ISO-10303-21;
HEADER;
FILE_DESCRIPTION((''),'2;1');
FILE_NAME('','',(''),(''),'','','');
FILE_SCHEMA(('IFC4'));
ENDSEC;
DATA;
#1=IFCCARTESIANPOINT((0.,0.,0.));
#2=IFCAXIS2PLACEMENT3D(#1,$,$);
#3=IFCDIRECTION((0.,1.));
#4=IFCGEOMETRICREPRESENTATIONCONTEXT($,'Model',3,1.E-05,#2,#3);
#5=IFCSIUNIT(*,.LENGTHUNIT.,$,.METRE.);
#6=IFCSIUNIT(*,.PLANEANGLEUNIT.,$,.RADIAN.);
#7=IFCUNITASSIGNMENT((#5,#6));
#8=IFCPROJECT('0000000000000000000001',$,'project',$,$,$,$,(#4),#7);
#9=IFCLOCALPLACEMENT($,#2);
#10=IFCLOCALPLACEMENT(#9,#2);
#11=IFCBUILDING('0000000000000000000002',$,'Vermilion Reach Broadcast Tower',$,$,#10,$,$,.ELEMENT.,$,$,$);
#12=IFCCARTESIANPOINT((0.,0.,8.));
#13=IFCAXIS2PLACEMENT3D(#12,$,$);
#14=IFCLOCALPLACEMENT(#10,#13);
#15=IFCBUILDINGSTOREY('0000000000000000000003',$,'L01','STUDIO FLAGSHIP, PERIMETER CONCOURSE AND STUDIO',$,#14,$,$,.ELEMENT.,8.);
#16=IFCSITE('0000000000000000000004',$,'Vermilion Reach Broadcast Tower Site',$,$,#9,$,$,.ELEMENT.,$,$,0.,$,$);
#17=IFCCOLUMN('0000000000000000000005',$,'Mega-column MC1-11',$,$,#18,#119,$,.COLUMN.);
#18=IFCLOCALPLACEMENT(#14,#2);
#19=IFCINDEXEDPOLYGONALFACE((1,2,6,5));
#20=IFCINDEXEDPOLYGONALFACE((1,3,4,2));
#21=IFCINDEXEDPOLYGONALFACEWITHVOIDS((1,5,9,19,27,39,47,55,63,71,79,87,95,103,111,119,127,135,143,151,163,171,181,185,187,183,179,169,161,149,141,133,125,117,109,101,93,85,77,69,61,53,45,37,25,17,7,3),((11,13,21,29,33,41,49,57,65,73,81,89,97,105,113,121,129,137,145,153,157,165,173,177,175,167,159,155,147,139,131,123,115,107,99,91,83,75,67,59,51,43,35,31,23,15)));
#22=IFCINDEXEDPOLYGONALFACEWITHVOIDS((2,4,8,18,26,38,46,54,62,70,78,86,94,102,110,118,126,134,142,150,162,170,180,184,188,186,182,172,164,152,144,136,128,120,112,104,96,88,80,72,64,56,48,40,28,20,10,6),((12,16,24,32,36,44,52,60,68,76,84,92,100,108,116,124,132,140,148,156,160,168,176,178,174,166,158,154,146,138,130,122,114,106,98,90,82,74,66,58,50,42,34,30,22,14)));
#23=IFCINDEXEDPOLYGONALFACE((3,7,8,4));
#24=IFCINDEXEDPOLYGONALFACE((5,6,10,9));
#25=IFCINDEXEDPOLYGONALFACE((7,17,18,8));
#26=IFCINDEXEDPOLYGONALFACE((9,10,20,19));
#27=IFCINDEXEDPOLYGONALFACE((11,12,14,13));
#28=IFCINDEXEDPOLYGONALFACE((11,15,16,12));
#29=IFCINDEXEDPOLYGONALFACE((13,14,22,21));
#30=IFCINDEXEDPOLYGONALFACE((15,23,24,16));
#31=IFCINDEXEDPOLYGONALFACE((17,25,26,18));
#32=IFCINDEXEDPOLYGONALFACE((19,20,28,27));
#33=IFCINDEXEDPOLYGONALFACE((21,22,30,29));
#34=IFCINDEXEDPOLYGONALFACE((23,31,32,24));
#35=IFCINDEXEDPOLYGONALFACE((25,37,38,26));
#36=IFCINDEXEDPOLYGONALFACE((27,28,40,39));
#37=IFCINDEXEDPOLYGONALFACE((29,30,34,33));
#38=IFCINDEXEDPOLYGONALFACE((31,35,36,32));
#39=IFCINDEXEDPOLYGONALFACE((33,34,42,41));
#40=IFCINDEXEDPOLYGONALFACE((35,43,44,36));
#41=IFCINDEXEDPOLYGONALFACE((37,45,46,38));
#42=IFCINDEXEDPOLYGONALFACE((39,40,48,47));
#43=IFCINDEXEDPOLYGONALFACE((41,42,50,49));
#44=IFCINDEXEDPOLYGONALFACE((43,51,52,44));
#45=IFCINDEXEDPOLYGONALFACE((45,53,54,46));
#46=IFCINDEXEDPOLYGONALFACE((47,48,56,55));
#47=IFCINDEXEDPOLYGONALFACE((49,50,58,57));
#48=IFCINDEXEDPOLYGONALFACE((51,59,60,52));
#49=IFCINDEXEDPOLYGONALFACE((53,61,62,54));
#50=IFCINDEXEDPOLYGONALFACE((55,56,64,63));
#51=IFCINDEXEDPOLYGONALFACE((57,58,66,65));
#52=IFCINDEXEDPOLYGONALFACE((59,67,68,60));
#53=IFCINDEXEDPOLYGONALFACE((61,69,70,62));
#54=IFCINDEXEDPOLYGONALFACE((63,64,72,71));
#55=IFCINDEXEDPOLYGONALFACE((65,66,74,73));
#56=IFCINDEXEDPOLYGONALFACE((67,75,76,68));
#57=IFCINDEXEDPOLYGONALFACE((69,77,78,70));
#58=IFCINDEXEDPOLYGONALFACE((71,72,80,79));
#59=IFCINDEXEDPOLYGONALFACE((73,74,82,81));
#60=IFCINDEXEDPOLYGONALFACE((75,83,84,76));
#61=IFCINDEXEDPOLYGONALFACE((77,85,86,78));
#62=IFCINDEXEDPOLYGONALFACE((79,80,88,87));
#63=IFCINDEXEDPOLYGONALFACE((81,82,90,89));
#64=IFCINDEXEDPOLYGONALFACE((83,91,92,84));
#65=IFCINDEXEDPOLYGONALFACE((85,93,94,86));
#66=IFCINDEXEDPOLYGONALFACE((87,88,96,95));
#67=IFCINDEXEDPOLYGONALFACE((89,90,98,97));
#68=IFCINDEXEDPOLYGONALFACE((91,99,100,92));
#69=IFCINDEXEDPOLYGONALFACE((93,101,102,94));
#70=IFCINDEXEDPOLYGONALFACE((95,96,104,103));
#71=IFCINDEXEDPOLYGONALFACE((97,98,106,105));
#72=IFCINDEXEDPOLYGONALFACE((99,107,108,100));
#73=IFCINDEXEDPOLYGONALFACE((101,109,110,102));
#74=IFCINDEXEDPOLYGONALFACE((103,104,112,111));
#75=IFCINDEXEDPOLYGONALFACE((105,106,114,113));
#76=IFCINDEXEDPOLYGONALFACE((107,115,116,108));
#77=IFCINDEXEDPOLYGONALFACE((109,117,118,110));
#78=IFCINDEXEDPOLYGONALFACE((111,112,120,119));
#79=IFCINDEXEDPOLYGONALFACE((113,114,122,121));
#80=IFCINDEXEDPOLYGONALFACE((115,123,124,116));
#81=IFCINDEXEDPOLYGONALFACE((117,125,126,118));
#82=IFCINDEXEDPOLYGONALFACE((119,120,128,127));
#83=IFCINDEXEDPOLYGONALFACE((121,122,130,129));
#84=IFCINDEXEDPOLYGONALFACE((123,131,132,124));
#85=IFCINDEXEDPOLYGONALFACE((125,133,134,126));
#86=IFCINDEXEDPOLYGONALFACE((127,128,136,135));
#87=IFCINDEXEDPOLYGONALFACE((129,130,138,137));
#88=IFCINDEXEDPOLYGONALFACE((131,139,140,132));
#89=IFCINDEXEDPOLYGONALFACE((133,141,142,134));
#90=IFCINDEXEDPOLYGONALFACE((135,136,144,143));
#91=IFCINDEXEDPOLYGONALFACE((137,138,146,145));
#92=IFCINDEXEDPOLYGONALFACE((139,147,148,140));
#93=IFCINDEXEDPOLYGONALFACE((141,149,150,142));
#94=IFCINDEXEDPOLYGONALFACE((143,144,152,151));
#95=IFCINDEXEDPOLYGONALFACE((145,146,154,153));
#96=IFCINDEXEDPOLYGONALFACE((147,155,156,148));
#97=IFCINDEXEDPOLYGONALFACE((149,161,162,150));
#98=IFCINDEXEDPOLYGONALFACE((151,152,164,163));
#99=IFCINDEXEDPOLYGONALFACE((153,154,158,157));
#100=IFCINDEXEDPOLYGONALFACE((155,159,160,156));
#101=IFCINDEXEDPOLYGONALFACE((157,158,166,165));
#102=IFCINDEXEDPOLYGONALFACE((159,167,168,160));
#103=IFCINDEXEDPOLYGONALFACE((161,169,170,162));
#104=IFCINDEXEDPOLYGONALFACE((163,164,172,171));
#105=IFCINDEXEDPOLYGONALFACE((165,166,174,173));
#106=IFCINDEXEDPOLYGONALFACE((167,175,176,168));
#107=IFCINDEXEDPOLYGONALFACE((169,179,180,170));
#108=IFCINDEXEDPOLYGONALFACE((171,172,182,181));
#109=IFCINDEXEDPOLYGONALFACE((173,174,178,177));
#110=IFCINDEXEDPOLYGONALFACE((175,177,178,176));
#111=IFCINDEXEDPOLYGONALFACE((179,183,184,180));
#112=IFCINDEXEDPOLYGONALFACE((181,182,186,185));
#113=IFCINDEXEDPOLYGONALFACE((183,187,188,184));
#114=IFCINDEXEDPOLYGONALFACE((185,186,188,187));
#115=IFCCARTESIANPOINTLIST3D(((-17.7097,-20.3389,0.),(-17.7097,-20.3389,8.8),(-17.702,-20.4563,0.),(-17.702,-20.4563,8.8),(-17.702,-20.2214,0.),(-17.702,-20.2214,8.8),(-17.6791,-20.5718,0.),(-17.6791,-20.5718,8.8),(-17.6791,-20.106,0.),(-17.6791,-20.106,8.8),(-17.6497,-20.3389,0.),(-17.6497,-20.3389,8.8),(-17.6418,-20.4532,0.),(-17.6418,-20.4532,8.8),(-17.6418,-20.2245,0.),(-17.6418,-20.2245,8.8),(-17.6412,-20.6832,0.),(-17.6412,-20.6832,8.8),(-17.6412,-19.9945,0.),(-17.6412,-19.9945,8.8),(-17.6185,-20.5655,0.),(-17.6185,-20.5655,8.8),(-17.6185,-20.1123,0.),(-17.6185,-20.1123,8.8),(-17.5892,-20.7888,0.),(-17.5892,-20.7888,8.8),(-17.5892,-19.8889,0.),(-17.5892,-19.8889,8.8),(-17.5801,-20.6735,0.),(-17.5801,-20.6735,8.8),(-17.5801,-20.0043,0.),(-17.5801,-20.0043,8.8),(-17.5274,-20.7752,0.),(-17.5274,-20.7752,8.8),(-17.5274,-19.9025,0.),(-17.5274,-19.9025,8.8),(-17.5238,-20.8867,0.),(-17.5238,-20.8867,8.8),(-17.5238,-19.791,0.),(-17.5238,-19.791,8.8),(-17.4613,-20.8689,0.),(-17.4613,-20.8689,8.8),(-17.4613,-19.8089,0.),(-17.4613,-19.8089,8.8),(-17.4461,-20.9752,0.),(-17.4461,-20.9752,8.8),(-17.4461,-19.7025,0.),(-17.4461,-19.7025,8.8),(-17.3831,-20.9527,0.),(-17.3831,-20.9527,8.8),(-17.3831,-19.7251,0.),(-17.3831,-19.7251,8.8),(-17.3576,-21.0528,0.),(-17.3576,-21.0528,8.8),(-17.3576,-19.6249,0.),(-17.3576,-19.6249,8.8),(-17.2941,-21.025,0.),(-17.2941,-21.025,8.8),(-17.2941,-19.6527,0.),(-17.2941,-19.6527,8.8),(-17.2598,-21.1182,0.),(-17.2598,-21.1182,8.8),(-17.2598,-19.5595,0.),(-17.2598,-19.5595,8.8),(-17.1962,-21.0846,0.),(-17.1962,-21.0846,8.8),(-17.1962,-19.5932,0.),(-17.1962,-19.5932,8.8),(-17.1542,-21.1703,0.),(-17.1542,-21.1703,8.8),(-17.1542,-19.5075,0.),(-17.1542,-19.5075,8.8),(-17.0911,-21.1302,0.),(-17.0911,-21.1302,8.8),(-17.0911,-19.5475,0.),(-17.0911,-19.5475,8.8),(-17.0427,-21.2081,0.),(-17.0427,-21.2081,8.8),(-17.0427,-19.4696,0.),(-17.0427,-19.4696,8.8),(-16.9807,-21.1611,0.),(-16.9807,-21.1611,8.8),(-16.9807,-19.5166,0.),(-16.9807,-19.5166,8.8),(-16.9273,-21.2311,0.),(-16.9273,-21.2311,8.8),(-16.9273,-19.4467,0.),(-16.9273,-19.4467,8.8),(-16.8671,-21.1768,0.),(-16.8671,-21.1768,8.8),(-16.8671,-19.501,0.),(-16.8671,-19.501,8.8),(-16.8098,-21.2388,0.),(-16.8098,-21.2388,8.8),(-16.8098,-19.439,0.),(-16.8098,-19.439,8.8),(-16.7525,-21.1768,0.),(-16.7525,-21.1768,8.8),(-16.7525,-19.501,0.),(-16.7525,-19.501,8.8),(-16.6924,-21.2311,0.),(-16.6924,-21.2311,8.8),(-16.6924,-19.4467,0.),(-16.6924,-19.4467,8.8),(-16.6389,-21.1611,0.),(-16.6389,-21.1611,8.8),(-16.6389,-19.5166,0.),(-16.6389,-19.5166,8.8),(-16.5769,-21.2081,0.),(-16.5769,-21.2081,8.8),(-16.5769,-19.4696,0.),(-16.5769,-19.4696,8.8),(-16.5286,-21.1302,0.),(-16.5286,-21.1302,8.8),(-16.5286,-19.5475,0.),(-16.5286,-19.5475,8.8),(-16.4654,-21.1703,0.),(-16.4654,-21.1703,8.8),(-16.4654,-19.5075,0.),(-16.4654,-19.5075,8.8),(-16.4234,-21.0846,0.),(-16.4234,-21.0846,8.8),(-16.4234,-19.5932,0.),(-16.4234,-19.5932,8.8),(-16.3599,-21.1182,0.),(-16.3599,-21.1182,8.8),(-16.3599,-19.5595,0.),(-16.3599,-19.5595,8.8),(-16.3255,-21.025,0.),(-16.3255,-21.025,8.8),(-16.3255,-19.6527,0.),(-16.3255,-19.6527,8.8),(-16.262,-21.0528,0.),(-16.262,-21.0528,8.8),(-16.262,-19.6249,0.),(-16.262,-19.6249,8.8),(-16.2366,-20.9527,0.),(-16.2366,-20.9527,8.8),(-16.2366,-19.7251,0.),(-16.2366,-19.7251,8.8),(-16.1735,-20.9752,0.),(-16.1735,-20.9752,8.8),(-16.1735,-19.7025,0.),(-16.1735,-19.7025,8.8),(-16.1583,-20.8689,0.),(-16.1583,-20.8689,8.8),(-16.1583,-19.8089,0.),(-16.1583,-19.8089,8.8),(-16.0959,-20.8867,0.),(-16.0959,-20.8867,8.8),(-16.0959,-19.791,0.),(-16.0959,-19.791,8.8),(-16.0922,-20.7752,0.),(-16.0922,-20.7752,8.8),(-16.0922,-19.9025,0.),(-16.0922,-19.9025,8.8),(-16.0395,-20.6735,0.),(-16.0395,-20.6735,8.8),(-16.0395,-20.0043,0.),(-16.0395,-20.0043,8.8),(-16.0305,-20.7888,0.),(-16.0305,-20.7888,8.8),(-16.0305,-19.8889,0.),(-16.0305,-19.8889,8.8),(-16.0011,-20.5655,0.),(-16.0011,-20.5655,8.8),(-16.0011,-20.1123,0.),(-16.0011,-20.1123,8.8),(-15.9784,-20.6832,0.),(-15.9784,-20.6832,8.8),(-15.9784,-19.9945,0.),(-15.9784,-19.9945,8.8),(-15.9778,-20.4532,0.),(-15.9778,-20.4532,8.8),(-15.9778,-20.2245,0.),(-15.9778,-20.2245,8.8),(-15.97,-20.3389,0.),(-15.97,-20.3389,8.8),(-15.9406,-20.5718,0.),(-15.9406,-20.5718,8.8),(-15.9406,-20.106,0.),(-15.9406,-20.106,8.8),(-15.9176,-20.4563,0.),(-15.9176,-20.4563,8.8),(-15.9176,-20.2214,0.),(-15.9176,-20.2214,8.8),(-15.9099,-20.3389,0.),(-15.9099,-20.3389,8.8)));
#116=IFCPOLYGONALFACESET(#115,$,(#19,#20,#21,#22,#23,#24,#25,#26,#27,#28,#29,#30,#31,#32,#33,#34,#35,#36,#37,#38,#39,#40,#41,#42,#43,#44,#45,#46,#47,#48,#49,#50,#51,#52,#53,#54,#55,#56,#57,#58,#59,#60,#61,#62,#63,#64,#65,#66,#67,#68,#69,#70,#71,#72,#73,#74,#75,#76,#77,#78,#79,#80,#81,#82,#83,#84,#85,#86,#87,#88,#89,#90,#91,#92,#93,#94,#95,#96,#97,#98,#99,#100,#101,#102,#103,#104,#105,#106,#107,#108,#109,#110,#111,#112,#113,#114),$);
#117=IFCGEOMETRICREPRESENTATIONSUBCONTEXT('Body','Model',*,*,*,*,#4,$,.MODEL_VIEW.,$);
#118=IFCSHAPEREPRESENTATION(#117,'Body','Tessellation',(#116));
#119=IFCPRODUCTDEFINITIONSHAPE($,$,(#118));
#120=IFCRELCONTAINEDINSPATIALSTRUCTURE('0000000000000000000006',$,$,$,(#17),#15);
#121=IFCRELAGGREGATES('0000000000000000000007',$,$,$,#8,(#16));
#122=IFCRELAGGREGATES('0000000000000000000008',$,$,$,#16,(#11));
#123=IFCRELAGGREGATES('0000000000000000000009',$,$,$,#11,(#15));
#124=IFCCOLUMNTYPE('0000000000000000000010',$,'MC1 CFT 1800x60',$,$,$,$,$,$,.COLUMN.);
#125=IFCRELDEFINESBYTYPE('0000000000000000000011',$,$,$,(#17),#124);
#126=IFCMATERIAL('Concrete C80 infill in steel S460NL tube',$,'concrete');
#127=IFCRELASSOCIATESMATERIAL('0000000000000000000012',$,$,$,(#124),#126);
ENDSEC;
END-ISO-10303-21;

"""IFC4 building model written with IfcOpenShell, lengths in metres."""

from ifc_helpers import new_model, si_unit, direction, frame, origin, origin_2d, place, context, subcontext, project, spatial, hollow_circle, extrude, material, material_profile, profile_set, type_object, element, save


model = new_model("IFC4")

# Units and contexts
model_context = context("Model", 3, precision=1e-05, world=origin(), true_north=direction((0.0, 1.0)))
body_context = subcontext(model_context, "Body", "Model", "MODEL_VIEW")
ifc_project = project(units=[si_unit("LENGTHUNIT", "METRE"), si_unit("PLANEANGLEUNIT", "RADIAN")], contexts=[model_context])

# Site, building, storey
site_placement = place(None, origin())
site = spatial("IfcSite", under=ifc_project, at=site_placement, Name="Vermilion Reach Broadcast Tower Site", CompositionType="ELEMENT", RefElevation=0.0)
building_placement = place(site_placement, origin())
building = spatial("IfcBuilding", under=site, at=building_placement, Name="Vermilion Reach Broadcast Tower", CompositionType="ELEMENT")
storey_placement = place(building_placement, frame((0.0, 0.0, 8.0)))
storey = spatial("IfcBuildingStorey", under=building, at=storey_placement, Name="L01", Description="STUDIO FLAGSHIP, PERIMETER CONCOURSE AND STUDIO", CompositionType="ELEMENT", Elevation=8.0)

# Column
ifc_material_1 = material(Name="Concrete C80 infill in steel S460NL tube", Category="concrete")
ifc_material_profile_1 = material_profile(ifc_material_1, hollow_circle(Radius=0.8999, WallThickness=0.0601, at=origin_2d()), Name="Concrete C80 infill in steel S460NL tube CFT 1800x60")
ifc_profile_set_1 = profile_set([ifc_material_profile_1], Name="Concrete C80 infill in steel S460NL tube")
column_type = type_object("IfcColumnType", Name="MC1 CFT 1800x60", PredefinedType="COLUMN", material=ifc_profile_set_1)
for number, where, z_axis, x_axis, name in (
    (1, (-16.8098, -20.3389, 0.0), (0.0, 0.0, 1.0), (1.0, 0.0, 0.0), "Mega-column MC1-11"),
):
    element("IfcColumn", number, at=place(storey_placement, frame(where, z_axis=z_axis, x_axis=x_axis)), inside=storey, type_object=column_type, Name=name, PredefinedType="COLUMN", context=body_context, shape_type="SweptSolid", body=[
        extrude(hollow_circle(Radius=0.8999, WallThickness=0.0601, at=origin_2d()), origin(), (0.0, 0.0, 1.0), 8.8),
    ])

save(model, "model.ifc")
